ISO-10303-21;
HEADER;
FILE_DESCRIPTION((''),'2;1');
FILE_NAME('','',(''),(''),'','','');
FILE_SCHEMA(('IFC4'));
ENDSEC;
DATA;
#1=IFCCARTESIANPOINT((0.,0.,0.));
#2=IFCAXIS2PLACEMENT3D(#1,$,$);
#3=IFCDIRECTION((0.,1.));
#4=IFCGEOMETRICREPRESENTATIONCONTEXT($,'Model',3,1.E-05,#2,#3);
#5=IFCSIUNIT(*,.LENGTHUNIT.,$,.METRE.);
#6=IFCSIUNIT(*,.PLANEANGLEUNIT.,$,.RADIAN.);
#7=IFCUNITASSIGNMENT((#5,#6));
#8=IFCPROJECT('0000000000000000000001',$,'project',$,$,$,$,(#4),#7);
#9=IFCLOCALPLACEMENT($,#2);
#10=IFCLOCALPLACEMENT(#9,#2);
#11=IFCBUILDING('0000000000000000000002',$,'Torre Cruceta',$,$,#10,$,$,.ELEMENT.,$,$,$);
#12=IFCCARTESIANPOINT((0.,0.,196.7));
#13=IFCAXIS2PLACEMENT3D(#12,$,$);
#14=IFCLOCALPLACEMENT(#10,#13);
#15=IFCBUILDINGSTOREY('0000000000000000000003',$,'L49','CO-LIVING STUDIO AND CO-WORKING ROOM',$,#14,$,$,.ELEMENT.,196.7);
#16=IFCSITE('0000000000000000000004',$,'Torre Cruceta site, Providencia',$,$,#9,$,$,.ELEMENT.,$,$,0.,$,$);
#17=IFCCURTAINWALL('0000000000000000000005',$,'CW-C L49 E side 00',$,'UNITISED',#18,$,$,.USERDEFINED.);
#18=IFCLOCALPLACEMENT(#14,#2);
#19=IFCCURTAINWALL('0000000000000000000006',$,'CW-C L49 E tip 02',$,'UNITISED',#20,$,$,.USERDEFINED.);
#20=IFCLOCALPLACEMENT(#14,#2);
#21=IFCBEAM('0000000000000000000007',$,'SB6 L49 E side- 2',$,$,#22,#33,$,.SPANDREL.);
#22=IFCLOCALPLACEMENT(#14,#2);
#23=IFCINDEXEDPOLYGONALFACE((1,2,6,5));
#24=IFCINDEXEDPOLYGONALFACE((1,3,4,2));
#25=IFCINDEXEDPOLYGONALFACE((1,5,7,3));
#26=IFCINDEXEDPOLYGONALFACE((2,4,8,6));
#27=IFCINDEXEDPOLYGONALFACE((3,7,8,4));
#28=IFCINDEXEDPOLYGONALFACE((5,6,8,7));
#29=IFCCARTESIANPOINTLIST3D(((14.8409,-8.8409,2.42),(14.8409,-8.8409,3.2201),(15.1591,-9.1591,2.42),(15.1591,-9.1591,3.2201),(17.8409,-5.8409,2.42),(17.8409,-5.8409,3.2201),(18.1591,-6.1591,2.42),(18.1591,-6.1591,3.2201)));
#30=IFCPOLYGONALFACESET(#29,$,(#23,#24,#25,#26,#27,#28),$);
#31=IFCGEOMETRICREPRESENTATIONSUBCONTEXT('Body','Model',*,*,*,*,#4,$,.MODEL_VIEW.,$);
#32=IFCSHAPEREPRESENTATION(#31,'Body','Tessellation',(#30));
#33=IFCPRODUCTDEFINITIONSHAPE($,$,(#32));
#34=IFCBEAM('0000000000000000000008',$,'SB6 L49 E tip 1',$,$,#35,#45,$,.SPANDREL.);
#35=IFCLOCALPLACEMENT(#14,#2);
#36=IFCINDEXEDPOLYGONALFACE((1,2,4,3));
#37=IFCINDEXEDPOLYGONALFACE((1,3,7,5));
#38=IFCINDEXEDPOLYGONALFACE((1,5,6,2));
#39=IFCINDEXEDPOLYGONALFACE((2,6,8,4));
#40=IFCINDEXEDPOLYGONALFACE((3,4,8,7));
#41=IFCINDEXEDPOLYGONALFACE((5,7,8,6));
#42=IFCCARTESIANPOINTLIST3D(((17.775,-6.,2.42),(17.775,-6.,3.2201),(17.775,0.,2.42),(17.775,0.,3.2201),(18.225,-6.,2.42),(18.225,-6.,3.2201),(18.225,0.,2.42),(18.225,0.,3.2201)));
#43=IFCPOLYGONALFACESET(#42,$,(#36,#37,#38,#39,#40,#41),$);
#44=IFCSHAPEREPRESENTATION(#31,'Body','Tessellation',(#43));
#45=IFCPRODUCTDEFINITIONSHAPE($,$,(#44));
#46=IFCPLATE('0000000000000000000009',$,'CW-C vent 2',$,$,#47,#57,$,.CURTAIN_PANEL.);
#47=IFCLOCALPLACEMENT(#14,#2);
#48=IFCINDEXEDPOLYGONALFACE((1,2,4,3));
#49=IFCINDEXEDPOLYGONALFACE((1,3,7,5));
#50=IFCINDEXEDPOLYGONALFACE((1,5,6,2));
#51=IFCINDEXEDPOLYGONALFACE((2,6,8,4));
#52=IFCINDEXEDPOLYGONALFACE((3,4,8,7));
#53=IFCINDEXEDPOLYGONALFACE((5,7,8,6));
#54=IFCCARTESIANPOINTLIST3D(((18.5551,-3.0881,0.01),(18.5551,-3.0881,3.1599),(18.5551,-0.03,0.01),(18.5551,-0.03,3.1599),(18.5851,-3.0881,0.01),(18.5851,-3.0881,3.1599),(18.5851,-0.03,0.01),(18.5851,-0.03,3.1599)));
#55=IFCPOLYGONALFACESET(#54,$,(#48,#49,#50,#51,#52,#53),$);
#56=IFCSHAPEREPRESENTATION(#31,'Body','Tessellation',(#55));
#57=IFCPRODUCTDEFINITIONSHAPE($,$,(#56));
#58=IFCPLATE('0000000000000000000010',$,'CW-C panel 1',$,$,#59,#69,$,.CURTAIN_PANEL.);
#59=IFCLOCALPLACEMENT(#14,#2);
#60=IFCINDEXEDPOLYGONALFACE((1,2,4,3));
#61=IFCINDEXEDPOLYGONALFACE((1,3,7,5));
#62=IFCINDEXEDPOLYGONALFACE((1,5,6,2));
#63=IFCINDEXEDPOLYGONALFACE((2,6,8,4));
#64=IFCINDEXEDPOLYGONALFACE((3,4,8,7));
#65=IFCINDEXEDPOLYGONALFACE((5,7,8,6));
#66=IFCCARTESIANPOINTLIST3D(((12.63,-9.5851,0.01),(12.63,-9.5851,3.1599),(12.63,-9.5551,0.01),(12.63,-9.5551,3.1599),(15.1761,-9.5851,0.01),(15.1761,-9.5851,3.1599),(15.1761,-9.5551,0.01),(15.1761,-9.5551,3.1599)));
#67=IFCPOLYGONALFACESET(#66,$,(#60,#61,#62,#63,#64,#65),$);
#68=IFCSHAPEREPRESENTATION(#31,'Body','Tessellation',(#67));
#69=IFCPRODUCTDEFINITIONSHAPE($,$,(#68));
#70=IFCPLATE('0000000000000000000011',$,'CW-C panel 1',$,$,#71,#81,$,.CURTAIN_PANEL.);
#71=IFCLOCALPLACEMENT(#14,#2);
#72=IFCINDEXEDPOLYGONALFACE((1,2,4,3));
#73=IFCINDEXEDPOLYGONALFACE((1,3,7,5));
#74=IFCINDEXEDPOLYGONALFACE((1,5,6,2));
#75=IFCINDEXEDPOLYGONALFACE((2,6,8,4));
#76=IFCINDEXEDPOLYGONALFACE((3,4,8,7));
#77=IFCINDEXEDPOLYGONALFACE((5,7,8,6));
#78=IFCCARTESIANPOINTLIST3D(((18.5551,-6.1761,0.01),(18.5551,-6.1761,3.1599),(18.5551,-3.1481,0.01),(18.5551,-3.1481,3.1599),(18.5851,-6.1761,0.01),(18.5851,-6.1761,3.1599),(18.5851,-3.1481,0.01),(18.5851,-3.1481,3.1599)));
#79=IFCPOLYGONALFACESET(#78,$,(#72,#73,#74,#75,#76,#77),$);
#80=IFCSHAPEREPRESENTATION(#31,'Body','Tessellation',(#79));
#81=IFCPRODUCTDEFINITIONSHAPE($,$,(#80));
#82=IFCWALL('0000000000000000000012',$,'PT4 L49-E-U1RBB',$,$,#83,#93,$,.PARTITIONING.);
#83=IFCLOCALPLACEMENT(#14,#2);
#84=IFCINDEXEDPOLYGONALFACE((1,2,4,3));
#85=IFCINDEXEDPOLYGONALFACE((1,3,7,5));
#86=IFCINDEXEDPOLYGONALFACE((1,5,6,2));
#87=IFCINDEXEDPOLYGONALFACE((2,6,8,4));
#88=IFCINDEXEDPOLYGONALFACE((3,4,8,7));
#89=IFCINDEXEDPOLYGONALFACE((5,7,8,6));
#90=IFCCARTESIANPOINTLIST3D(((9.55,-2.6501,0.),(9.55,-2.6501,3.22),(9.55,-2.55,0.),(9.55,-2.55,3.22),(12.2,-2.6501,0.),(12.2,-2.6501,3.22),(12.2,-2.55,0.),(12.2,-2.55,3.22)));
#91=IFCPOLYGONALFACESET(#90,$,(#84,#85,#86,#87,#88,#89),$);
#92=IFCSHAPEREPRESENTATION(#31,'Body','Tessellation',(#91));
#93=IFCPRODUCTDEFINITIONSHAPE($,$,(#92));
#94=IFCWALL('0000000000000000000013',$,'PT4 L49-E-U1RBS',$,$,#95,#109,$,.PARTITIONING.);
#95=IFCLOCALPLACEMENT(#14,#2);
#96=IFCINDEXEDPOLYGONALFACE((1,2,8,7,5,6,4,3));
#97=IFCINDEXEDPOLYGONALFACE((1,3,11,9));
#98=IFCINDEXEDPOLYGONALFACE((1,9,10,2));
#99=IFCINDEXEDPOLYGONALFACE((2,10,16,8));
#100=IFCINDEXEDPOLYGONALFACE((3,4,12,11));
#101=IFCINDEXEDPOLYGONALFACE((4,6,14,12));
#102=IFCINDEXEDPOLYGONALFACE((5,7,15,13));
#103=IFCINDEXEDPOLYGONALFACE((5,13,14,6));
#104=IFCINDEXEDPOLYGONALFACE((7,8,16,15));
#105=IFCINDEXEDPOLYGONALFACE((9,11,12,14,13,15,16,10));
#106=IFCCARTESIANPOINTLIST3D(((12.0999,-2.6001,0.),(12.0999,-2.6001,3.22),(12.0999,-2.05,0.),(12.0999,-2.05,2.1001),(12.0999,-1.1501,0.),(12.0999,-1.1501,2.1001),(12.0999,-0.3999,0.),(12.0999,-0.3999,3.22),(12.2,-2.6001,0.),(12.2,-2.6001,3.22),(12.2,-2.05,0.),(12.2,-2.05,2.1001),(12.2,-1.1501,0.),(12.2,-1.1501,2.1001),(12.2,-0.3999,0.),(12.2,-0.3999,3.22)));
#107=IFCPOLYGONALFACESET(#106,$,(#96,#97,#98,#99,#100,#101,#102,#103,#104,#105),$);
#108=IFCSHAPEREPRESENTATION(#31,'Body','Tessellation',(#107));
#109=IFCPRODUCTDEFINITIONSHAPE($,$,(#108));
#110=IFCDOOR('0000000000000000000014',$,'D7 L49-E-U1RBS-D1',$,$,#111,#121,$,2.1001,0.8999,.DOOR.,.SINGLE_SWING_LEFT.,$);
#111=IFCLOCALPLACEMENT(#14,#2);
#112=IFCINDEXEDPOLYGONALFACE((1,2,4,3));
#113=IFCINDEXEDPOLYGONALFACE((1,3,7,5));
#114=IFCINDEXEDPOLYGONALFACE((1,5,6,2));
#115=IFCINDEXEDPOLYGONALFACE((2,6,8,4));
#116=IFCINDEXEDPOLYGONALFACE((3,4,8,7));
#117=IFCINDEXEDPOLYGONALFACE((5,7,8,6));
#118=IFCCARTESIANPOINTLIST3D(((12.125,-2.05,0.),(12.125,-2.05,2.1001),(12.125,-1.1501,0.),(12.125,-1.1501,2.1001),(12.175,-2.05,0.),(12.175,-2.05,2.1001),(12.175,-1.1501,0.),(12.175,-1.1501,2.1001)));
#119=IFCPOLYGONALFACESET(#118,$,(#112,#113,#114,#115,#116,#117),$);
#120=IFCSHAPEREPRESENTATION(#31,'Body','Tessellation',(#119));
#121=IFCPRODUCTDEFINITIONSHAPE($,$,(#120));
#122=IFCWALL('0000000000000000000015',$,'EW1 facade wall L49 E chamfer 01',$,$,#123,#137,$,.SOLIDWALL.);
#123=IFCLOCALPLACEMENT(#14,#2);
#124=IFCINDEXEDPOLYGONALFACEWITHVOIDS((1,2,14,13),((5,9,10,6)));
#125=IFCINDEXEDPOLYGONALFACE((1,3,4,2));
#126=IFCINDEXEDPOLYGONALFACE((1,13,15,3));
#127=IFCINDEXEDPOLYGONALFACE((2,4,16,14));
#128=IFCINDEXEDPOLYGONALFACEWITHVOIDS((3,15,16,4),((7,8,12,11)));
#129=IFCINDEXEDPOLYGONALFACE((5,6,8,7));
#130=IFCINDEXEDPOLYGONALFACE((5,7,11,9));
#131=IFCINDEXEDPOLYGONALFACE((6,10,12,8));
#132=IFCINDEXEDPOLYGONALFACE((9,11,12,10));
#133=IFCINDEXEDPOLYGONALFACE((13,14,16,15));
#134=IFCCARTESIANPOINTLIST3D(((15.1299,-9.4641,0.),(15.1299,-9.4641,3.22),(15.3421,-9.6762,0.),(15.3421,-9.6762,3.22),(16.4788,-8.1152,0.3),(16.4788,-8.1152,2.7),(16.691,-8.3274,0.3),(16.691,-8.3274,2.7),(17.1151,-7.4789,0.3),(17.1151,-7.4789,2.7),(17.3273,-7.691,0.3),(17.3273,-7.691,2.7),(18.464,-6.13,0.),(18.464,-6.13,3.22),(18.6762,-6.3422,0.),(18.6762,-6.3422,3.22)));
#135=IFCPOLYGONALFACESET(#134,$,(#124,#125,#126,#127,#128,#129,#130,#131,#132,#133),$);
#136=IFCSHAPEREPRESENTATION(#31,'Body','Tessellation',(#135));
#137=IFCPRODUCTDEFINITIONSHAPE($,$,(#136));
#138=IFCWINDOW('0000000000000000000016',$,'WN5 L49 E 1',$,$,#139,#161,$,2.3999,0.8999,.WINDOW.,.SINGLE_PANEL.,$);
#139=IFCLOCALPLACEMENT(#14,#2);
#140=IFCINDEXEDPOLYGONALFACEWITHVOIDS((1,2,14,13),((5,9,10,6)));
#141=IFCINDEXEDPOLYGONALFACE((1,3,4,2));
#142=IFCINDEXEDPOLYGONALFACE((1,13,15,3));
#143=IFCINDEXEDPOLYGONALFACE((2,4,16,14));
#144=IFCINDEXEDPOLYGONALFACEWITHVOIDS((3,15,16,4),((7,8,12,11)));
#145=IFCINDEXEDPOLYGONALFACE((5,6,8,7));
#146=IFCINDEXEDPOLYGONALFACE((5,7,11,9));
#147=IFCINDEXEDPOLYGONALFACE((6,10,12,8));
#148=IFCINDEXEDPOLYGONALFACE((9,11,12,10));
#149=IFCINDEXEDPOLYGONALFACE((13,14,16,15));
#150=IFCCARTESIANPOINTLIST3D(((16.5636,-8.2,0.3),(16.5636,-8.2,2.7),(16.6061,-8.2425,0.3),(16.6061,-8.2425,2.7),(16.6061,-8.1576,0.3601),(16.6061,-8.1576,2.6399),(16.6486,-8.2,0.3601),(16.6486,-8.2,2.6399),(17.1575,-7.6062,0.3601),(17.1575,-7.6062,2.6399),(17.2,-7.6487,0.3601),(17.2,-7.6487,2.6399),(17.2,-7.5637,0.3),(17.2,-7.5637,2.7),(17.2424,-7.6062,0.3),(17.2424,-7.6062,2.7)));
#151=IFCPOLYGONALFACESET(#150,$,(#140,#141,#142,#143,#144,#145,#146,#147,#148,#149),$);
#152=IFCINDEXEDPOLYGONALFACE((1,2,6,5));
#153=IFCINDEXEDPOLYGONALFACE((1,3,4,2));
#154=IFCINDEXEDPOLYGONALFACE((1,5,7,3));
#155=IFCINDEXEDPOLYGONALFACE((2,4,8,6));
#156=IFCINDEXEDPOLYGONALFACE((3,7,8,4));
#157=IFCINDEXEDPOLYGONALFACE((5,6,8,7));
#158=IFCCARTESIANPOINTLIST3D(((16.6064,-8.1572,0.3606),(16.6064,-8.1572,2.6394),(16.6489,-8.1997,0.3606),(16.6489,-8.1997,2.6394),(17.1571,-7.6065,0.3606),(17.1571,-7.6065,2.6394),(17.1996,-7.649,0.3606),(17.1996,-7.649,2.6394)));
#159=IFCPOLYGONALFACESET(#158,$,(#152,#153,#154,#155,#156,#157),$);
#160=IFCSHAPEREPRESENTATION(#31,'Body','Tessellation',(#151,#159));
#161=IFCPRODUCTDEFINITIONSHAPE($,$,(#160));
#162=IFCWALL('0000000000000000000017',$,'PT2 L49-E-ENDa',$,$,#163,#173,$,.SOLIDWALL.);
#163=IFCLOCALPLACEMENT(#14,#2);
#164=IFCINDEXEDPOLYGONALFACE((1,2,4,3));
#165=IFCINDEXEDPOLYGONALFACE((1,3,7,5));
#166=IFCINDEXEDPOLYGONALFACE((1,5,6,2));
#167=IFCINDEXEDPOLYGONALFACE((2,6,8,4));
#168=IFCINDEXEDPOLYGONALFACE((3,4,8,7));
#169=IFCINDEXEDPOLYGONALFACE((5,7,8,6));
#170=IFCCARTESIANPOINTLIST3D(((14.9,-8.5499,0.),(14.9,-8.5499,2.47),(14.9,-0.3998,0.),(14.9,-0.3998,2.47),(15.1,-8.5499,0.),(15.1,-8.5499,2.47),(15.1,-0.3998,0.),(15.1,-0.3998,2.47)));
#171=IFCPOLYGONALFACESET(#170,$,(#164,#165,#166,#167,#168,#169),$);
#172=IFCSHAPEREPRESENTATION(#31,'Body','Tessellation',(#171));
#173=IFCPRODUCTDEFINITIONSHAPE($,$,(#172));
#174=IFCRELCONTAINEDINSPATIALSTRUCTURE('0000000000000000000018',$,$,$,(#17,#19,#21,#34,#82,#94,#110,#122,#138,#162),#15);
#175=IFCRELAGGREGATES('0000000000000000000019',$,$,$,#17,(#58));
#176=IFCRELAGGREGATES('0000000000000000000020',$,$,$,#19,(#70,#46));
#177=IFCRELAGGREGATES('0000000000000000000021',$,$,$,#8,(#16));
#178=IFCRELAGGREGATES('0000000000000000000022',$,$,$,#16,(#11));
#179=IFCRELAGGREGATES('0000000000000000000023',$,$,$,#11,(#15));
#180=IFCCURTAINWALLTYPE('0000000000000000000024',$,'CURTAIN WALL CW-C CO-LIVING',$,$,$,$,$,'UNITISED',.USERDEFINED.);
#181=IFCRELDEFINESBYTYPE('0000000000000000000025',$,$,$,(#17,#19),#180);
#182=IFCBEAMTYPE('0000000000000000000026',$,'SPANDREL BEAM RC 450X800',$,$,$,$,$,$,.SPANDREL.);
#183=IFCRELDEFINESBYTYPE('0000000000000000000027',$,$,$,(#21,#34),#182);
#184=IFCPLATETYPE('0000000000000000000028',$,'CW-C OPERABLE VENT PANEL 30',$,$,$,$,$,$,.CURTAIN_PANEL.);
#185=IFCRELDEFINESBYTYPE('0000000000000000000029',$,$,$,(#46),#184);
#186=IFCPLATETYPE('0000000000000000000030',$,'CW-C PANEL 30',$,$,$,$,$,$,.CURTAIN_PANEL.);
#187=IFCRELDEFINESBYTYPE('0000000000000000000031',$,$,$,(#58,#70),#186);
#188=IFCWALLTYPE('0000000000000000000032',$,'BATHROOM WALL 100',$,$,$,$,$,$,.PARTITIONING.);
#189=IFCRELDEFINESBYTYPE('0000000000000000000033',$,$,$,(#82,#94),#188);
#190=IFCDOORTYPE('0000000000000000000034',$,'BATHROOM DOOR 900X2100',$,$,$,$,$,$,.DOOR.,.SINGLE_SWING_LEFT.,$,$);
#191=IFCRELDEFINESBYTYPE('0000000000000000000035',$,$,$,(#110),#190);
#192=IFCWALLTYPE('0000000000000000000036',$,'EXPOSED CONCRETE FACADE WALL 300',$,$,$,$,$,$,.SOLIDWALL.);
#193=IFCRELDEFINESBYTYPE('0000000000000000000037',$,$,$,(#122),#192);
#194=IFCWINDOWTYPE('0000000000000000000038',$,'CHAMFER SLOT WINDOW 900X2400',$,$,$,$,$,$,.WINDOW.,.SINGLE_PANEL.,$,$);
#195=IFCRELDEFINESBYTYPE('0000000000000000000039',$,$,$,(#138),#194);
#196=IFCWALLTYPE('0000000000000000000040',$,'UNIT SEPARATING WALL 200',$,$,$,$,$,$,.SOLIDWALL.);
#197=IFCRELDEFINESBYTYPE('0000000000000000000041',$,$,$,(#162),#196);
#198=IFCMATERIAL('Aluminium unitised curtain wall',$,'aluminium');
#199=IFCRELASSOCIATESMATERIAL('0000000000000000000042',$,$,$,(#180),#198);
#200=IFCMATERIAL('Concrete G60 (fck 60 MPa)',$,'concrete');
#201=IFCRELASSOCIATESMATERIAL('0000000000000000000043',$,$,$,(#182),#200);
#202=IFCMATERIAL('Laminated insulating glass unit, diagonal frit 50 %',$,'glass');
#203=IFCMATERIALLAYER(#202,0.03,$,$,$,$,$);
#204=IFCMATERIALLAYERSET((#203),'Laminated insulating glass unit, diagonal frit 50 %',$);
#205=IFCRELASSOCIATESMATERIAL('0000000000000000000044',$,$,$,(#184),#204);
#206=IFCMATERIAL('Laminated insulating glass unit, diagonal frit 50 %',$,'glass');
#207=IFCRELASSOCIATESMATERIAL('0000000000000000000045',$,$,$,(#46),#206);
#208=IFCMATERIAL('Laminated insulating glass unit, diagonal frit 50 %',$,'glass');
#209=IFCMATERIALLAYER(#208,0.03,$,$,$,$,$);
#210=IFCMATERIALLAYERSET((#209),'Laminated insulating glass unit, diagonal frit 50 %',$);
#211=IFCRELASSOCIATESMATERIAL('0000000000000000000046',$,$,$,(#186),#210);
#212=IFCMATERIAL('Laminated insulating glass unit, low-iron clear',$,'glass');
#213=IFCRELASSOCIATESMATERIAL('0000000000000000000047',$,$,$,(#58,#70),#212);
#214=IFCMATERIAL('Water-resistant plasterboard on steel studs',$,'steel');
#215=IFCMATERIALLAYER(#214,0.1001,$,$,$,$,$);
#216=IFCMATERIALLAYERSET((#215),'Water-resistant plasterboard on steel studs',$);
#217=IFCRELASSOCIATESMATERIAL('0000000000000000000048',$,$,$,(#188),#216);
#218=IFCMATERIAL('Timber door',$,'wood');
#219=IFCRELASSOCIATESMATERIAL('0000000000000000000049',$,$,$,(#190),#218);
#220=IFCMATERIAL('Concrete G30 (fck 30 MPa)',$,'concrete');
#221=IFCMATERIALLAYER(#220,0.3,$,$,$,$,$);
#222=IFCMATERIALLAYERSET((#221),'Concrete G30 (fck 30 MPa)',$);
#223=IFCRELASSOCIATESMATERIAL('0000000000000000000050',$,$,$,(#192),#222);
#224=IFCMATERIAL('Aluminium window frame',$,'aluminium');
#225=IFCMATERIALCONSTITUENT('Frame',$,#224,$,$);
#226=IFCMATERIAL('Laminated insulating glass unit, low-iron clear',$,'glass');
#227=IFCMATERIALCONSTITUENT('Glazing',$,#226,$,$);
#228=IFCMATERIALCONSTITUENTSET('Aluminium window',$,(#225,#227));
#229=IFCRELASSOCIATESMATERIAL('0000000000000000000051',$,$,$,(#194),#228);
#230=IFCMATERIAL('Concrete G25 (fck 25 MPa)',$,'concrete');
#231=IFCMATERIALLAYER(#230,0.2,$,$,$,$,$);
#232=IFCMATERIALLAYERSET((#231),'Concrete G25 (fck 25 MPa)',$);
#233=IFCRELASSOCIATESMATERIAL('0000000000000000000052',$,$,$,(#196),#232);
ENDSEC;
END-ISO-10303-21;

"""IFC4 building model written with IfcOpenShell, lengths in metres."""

from ifc_helpers import new_model, si_unit, direction, frame, frame_2d, origin, origin_2d, place, context, subcontext, project, spatial, rectangle, hollow_rectangle, extrude, material, layer, layer_set, constituent, constituent_set, material_profile, profile_set, type_object, element, fill, aggregate, save


model = new_model("IFC4")

# Units and contexts
model_context = context("Model", 3, precision=1e-05, world=origin(), true_north=direction((0.0, 1.0)))
body_context = subcontext(model_context, "Body", "Model", "MODEL_VIEW")
ifc_project = project(units=[si_unit("LENGTHUNIT", "METRE"), si_unit("PLANEANGLEUNIT", "RADIAN")], contexts=[model_context])

# Site, building, storey
site_placement = place(None, origin())
site = spatial("IfcSite", under=ifc_project, at=site_placement, Name="Torre Cruceta site, Providencia", CompositionType="ELEMENT", RefElevation=0.0)
building_placement = place(site_placement, origin())
building = spatial("IfcBuilding", under=site, at=building_placement, Name="Torre Cruceta", CompositionType="ELEMENT")
storey_placement = place(building_placement, frame((0.0, 0.0, 196.7)))
storey = spatial("IfcBuildingStorey", under=building, at=storey_placement, Name="L49", Description="CO-LIVING STUDIO AND CO-WORKING ROOM", CompositionType="ELEMENT", Elevation=196.7)

# Curtain walls
ifc_material_1 = material(Name="Aluminium unitised curtain wall", Category="aluminium")
curtain_wall_type = type_object("IfcCurtainWallType", Name="CURTAIN WALL CW-C CO-LIVING", ElementType="UNITISED", PredefinedType="USERDEFINED", material=ifc_material_1)
curtain_wall_1_placement = place(storey_placement, origin())
curtain_wall_1 = element("IfcCurtainWall", 1, at=curtain_wall_1_placement, inside=storey, type_object=curtain_wall_type, Name="CW-C L49 E side 00", ObjectType="UNITISED", PredefinedType="USERDEFINED")
curtain_wall_2_placement = place(storey_placement, origin())
curtain_wall_2 = element("IfcCurtainWall", 2, at=curtain_wall_2_placement, inside=storey, type_object=curtain_wall_type, Name="CW-C L49 E tip 02", ObjectType="UNITISED", PredefinedType="USERDEFINED")

# Beams
ifc_material_2 = material(Name="Concrete G60 (fck 60 MPa)", Category="concrete")
ifc_material_profile_1 = material_profile(ifc_material_2, rectangle(XDim=0.45, YDim=0.8, at=origin_2d()), Name="RC 450X800")
ifc_profile_set_1 = profile_set([ifc_material_profile_1], Name="Concrete G60 (fck 60 MPa)")
beam_type_1 = type_object("IfcBeamType", Name="SPANDREL BEAM RC 450X800", PredefinedType="SPANDREL", material=ifc_profile_set_1)
beam_1_placement = place(storey_placement, frame((15.0, -9.0, 2.8201), z_axis=(0.707107, 0.707107, 0.0), x_axis=(-0.707107, 0.707107, 0.0)))
element("IfcBeam", 3, at=beam_1_placement, inside=storey, type_object=beam_type_1, Name="SB6 L49 E side- 2", PredefinedType="SPANDREL", context=body_context, shape_type="SweptSolid", body=[
    extrude(rectangle(XDim=0.45, YDim=0.8, at=origin_2d()), origin(), (0.0, 0.0, 1.0), 4.2427),
])
beam_2_placement = place(storey_placement, frame((18.0, -6.0, 2.8201), z_axis=(0.0, 1.0, 0.0), x_axis=(-1.0, 0.0, 0.0)))
element("IfcBeam", 4, at=beam_2_placement, inside=storey, type_object=beam_type_1, Name="SB6 L49 E tip 1", PredefinedType="SPANDREL", context=body_context, shape_type="SweptSolid", body=[
    extrude(rectangle(XDim=0.45, YDim=0.8, at=origin_2d()), origin(), (0.0, 0.0, 1.0), 6.0),
])

# Plates
ifc_material_3 = material(Name="Laminated insulating glass unit, diagonal frit 50 %", Category="glass")
ifc_material_4 = material(Name="Laminated insulating glass unit, diagonal frit 50 %", Category="glass")
ifc_layer_1 = layer(ifc_material_4, 0.03)
ifc_layer_set_1 = layer_set([ifc_layer_1], Name="Laminated insulating glass unit, diagonal frit 50 %")
plate_type_1 = type_object("IfcPlateType", Name="CW-C OPERABLE VENT PANEL 30", PredefinedType="CURTAIN_PANEL", material=ifc_layer_set_1)
plate_1_placement = place(storey_placement, frame((18.5701, -1.5591, 0.01), z_axis=(0.0, 0.0, 1.0), x_axis=(0.0, 1.0, 0.0)))
plate_1 = element("IfcPlate", 5, at=plate_1_placement, type_object=plate_type_1, material=ifc_material_3, Name="CW-C vent 2", PredefinedType="CURTAIN_PANEL", context=body_context, shape_type="SweptSolid", body=[
    extrude(rectangle(XDim=3.0581, YDim=0.03, at=origin_2d()), origin(), (0.0, 0.0, 1.0), 3.1499),
])
ifc_material_5 = material(Name="Laminated insulating glass unit, low-iron clear", Category="glass")
ifc_material_6 = material(Name="Laminated insulating glass unit, diagonal frit 50 %", Category="glass")
ifc_layer_2 = layer(ifc_material_6, 0.03)
ifc_layer_set_2 = layer_set([ifc_layer_2], Name="Laminated insulating glass unit, diagonal frit 50 %")
plate_type_2 = type_object("IfcPlateType", Name="CW-C PANEL 30", PredefinedType="CURTAIN_PANEL", material=ifc_layer_set_2)
plate_2_placement = place(storey_placement, frame((13.9031, -9.5701, 0.01), z_axis=(0.0, 0.0, 1.0), x_axis=(1.0, 0.0, 0.0)))
plate_2 = element("IfcPlate", 6, at=plate_2_placement, type_object=plate_type_2, material=ifc_material_5, Name="CW-C panel 1", PredefinedType="CURTAIN_PANEL", context=body_context, shape_type="SweptSolid", body=[
    extrude(rectangle(XDim=2.5461, YDim=0.03, at=origin_2d()), origin(), (0.0, 0.0, 1.0), 3.1499),
])
aggregate(curtain_wall_1, [plate_2])
plate_3_placement = place(storey_placement, frame((18.5701, -4.6621, 0.01), z_axis=(0.0, 0.0, 1.0), x_axis=(0.0, 1.0, 0.0)))
plate_3 = element("IfcPlate", 7, at=plate_3_placement, type_object=plate_type_2, material=ifc_material_5, Name="CW-C panel 1", PredefinedType="CURTAIN_PANEL", context=body_context, shape_type="SweptSolid", body=[
    extrude(rectangle(XDim=3.0281, YDim=0.03, at=origin_2d()), origin(), (0.0, 0.0, 1.0), 3.1499),
])
aggregate(curtain_wall_2, [plate_3, plate_1])

# Wall
ifc_material_7 = material(Name="Water-resistant plasterboard on steel studs", Category="steel")
ifc_layer_3 = layer(ifc_material_7, 0.1001)
ifc_layer_set_3 = layer_set([ifc_layer_3], Name="Water-resistant plasterboard on steel studs")
wall_type_1 = type_object("IfcWallType", Name="BATHROOM WALL 100", PredefinedType="PARTITIONING", material=ifc_layer_set_3)
wall_1_placement = place(storey_placement, frame((9.55, -2.6001, 0.0), z_axis=(0.0, 0.0, 1.0), x_axis=(1.0, 0.0, 0.0)))
element("IfcWall", 8, at=wall_1_placement, inside=storey, type_object=wall_type_1, Name="PT4 L49-E-U1RBB", PredefinedType="PARTITIONING", context=body_context, shape_type="SweptSolid", body=[
    extrude(rectangle(XDim=2.6499, YDim=0.1001, at=frame_2d((1.325, 0.0))), origin(), (0.0, 0.0, 1.0), 3.22),
])

# Wall, opening, door
wall_2_placement = place(storey_placement, frame((12.1499, -2.6001, 0.0), z_axis=(0.0, 0.0, 1.0), x_axis=(0.0, 1.0, 0.0)))
wall_2 = element("IfcWall", 9, at=wall_2_placement, inside=storey, type_object=wall_type_1, Name="PT4 L49-E-U1RBS", PredefinedType="PARTITIONING", context=body_context, shape_type="SweptSolid", body=[
    extrude(rectangle(XDim=2.2002, YDim=0.1001, at=frame_2d((1.1001, 0.0))), origin(), (0.0, 0.0, 1.0), 3.22),
])
opening_1_placement = place(wall_2_placement, frame((0.55, 0.0, 0.0)))
opening_1 = element("IfcOpeningElement", 10, at=opening_1_placement, cuts=wall_2, PredefinedType="OPENING", context=body_context, shape_type="SweptSolid", body=[
    extrude(rectangle(XDim=0.8999, YDim=2.1001, at=frame_2d((0.45, 1.05))), frame((0.0, 0.0601, 0.0), z_axis=(0.0, -1.0, 0.0), x_axis=(1.0, 0.0, 0.0)), (0.0, 0.0, 1.0), 0.1201),
])
ifc_material_8 = material(Name="Timber door", Category="wood")
door_type_1 = type_object("IfcDoorType", Name="BATHROOM DOOR 900X2100", OperationType="SINGLE_SWING_LEFT", PredefinedType="DOOR", material=ifc_material_8)
door_1_placement = place(opening_1_placement, origin())
door_1 = element("IfcDoor", 11, at=door_1_placement, inside=storey, type_object=door_type_1, Name="D7 L49-E-U1RBS-D1", OperationType="SINGLE_SWING_LEFT", OverallHeight=2.1001, OverallWidth=0.8999, PredefinedType="DOOR", context=body_context, shape_type="SweptSolid", body=[
    extrude(rectangle(XDim=0.8999, YDim=2.1001, at=frame_2d((0.45, 1.05))), frame((0.0, 0.0249, 0.0), z_axis=(0.0, -1.0, 0.0), x_axis=(1.0, 0.0, 0.0)), (0.0, 0.0, 1.0), 0.05),
])
fill(opening_1, door_1)

# Wall, opening, window
ifc_material_9 = material(Name="Concrete G30 (fck 30 MPa)", Category="concrete")
ifc_layer_4 = layer(ifc_material_9, 0.3)
ifc_layer_set_4 = layer_set([ifc_layer_4], Name="Concrete G30 (fck 30 MPa)")
wall_type_2 = type_object("IfcWallType", Name="EXPOSED CONCRETE FACADE WALL 300", PredefinedType="SOLIDWALL", material=ifc_layer_set_4)
wall_3_placement = place(storey_placement, frame((15.2361, -9.5701, 0.0), z_axis=(0.0, 0.0, 1.0), x_axis=(0.707107, 0.707107, 0.0)))
wall_3 = element("IfcWall", 12, at=wall_3_placement, inside=storey, type_object=wall_type_2, Name="EW1 facade wall L49 E chamfer 01", PredefinedType="SOLIDWALL", context=body_context, shape_type="SweptSolid", body=[
    extrude(rectangle(XDim=4.7151, YDim=0.3, at=frame_2d((2.3574, 0.0))), origin(), (0.0, 0.0, 1.0), 3.22),
])
opening_2_placement = place(wall_3_placement, frame((1.9075, 0.0, 0.3)))
opening_2 = element("IfcOpeningElement", 13, at=opening_2_placement, cuts=wall_3, PredefinedType="OPENING", context=body_context, shape_type="SweptSolid", body=[
    extrude(rectangle(XDim=0.8999, YDim=2.3999, at=frame_2d((0.45, 1.2))), frame((0.0, 0.1599, 0.0), z_axis=(0.0, -1.0, 0.0), x_axis=(1.0, 0.0, 0.0)), (0.0, 0.0, 1.0), 0.3201),
])
ifc_material_10 = material(Name="Aluminium window frame", Category="aluminium")
ifc_constituent_1 = constituent(ifc_material_10, Name="Frame")
ifc_material_11 = material(Name="Laminated insulating glass unit, low-iron clear", Category="glass")
ifc_constituent_2 = constituent(ifc_material_11, Name="Glazing")
ifc_constituent_set_1 = constituent_set(constituents=[ifc_constituent_1, ifc_constituent_2], Name="Aluminium window")
window_type = type_object("IfcWindowType", Name="CHAMFER SLOT WINDOW 900X2400", PartitioningType="SINGLE_PANEL", PredefinedType="WINDOW", material=ifc_constituent_set_1)
window_placement = place(opening_2_placement, origin())
window = element("IfcWindow", 14, at=window_placement, inside=storey, type_object=window_type, Name="WN5 L49 E 1", OverallHeight=2.3999, OverallWidth=0.8999, PartitioningType="SINGLE_PANEL", PredefinedType="WINDOW", context=body_context, shape_type="SweptSolid", body=[
    extrude(hollow_rectangle(XDim=0.8999, YDim=2.3999, WallThickness=0.0601, at=frame_2d((0.45, 1.2))), frame((0.0, 0.03, 0.0), z_axis=(0.0, -1.0, 0.0), x_axis=(1.0, 0.0, 0.0)), (0.0, 0.0, 1.0), 0.0601),
    extrude(rectangle(XDim=0.7788, YDim=2.2788, at=frame_2d((0.45, 1.2))), frame((0.0, 0.03, 0.0), z_axis=(0.0, -1.0, 0.0), x_axis=(1.0, 0.0, 0.0)), (0.0, 0.0, 1.0), 0.0601),
])
fill(opening_2, window)

# Wall
ifc_material_12 = material(Name="Concrete G25 (fck 25 MPa)", Category="concrete")
ifc_layer_5 = layer(ifc_material_12, 0.2)
ifc_layer_set_5 = layer_set([ifc_layer_5], Name="Concrete G25 (fck 25 MPa)")
wall_type_3 = type_object("IfcWallType", Name="UNIT SEPARATING WALL 200", PredefinedType="SOLIDWALL", material=ifc_layer_set_5)
wall_4_placement = place(storey_placement, frame((15.0, -8.55, 0.0), z_axis=(0.0, 0.0, 1.0), x_axis=(0.0, 1.0, 0.0)))
element("IfcWall", 15, at=wall_4_placement, inside=storey, type_object=wall_type_3, Name="PT2 L49-E-ENDa", PredefinedType="SOLIDWALL", context=body_context, shape_type="SweptSolid", body=[
    extrude(rectangle(XDim=8.1501, YDim=0.2, at=frame_2d((4.0752, 0.0))), origin(), (0.0, 0.0, 1.0), 2.47),
])

save(model, "model.ifc")
